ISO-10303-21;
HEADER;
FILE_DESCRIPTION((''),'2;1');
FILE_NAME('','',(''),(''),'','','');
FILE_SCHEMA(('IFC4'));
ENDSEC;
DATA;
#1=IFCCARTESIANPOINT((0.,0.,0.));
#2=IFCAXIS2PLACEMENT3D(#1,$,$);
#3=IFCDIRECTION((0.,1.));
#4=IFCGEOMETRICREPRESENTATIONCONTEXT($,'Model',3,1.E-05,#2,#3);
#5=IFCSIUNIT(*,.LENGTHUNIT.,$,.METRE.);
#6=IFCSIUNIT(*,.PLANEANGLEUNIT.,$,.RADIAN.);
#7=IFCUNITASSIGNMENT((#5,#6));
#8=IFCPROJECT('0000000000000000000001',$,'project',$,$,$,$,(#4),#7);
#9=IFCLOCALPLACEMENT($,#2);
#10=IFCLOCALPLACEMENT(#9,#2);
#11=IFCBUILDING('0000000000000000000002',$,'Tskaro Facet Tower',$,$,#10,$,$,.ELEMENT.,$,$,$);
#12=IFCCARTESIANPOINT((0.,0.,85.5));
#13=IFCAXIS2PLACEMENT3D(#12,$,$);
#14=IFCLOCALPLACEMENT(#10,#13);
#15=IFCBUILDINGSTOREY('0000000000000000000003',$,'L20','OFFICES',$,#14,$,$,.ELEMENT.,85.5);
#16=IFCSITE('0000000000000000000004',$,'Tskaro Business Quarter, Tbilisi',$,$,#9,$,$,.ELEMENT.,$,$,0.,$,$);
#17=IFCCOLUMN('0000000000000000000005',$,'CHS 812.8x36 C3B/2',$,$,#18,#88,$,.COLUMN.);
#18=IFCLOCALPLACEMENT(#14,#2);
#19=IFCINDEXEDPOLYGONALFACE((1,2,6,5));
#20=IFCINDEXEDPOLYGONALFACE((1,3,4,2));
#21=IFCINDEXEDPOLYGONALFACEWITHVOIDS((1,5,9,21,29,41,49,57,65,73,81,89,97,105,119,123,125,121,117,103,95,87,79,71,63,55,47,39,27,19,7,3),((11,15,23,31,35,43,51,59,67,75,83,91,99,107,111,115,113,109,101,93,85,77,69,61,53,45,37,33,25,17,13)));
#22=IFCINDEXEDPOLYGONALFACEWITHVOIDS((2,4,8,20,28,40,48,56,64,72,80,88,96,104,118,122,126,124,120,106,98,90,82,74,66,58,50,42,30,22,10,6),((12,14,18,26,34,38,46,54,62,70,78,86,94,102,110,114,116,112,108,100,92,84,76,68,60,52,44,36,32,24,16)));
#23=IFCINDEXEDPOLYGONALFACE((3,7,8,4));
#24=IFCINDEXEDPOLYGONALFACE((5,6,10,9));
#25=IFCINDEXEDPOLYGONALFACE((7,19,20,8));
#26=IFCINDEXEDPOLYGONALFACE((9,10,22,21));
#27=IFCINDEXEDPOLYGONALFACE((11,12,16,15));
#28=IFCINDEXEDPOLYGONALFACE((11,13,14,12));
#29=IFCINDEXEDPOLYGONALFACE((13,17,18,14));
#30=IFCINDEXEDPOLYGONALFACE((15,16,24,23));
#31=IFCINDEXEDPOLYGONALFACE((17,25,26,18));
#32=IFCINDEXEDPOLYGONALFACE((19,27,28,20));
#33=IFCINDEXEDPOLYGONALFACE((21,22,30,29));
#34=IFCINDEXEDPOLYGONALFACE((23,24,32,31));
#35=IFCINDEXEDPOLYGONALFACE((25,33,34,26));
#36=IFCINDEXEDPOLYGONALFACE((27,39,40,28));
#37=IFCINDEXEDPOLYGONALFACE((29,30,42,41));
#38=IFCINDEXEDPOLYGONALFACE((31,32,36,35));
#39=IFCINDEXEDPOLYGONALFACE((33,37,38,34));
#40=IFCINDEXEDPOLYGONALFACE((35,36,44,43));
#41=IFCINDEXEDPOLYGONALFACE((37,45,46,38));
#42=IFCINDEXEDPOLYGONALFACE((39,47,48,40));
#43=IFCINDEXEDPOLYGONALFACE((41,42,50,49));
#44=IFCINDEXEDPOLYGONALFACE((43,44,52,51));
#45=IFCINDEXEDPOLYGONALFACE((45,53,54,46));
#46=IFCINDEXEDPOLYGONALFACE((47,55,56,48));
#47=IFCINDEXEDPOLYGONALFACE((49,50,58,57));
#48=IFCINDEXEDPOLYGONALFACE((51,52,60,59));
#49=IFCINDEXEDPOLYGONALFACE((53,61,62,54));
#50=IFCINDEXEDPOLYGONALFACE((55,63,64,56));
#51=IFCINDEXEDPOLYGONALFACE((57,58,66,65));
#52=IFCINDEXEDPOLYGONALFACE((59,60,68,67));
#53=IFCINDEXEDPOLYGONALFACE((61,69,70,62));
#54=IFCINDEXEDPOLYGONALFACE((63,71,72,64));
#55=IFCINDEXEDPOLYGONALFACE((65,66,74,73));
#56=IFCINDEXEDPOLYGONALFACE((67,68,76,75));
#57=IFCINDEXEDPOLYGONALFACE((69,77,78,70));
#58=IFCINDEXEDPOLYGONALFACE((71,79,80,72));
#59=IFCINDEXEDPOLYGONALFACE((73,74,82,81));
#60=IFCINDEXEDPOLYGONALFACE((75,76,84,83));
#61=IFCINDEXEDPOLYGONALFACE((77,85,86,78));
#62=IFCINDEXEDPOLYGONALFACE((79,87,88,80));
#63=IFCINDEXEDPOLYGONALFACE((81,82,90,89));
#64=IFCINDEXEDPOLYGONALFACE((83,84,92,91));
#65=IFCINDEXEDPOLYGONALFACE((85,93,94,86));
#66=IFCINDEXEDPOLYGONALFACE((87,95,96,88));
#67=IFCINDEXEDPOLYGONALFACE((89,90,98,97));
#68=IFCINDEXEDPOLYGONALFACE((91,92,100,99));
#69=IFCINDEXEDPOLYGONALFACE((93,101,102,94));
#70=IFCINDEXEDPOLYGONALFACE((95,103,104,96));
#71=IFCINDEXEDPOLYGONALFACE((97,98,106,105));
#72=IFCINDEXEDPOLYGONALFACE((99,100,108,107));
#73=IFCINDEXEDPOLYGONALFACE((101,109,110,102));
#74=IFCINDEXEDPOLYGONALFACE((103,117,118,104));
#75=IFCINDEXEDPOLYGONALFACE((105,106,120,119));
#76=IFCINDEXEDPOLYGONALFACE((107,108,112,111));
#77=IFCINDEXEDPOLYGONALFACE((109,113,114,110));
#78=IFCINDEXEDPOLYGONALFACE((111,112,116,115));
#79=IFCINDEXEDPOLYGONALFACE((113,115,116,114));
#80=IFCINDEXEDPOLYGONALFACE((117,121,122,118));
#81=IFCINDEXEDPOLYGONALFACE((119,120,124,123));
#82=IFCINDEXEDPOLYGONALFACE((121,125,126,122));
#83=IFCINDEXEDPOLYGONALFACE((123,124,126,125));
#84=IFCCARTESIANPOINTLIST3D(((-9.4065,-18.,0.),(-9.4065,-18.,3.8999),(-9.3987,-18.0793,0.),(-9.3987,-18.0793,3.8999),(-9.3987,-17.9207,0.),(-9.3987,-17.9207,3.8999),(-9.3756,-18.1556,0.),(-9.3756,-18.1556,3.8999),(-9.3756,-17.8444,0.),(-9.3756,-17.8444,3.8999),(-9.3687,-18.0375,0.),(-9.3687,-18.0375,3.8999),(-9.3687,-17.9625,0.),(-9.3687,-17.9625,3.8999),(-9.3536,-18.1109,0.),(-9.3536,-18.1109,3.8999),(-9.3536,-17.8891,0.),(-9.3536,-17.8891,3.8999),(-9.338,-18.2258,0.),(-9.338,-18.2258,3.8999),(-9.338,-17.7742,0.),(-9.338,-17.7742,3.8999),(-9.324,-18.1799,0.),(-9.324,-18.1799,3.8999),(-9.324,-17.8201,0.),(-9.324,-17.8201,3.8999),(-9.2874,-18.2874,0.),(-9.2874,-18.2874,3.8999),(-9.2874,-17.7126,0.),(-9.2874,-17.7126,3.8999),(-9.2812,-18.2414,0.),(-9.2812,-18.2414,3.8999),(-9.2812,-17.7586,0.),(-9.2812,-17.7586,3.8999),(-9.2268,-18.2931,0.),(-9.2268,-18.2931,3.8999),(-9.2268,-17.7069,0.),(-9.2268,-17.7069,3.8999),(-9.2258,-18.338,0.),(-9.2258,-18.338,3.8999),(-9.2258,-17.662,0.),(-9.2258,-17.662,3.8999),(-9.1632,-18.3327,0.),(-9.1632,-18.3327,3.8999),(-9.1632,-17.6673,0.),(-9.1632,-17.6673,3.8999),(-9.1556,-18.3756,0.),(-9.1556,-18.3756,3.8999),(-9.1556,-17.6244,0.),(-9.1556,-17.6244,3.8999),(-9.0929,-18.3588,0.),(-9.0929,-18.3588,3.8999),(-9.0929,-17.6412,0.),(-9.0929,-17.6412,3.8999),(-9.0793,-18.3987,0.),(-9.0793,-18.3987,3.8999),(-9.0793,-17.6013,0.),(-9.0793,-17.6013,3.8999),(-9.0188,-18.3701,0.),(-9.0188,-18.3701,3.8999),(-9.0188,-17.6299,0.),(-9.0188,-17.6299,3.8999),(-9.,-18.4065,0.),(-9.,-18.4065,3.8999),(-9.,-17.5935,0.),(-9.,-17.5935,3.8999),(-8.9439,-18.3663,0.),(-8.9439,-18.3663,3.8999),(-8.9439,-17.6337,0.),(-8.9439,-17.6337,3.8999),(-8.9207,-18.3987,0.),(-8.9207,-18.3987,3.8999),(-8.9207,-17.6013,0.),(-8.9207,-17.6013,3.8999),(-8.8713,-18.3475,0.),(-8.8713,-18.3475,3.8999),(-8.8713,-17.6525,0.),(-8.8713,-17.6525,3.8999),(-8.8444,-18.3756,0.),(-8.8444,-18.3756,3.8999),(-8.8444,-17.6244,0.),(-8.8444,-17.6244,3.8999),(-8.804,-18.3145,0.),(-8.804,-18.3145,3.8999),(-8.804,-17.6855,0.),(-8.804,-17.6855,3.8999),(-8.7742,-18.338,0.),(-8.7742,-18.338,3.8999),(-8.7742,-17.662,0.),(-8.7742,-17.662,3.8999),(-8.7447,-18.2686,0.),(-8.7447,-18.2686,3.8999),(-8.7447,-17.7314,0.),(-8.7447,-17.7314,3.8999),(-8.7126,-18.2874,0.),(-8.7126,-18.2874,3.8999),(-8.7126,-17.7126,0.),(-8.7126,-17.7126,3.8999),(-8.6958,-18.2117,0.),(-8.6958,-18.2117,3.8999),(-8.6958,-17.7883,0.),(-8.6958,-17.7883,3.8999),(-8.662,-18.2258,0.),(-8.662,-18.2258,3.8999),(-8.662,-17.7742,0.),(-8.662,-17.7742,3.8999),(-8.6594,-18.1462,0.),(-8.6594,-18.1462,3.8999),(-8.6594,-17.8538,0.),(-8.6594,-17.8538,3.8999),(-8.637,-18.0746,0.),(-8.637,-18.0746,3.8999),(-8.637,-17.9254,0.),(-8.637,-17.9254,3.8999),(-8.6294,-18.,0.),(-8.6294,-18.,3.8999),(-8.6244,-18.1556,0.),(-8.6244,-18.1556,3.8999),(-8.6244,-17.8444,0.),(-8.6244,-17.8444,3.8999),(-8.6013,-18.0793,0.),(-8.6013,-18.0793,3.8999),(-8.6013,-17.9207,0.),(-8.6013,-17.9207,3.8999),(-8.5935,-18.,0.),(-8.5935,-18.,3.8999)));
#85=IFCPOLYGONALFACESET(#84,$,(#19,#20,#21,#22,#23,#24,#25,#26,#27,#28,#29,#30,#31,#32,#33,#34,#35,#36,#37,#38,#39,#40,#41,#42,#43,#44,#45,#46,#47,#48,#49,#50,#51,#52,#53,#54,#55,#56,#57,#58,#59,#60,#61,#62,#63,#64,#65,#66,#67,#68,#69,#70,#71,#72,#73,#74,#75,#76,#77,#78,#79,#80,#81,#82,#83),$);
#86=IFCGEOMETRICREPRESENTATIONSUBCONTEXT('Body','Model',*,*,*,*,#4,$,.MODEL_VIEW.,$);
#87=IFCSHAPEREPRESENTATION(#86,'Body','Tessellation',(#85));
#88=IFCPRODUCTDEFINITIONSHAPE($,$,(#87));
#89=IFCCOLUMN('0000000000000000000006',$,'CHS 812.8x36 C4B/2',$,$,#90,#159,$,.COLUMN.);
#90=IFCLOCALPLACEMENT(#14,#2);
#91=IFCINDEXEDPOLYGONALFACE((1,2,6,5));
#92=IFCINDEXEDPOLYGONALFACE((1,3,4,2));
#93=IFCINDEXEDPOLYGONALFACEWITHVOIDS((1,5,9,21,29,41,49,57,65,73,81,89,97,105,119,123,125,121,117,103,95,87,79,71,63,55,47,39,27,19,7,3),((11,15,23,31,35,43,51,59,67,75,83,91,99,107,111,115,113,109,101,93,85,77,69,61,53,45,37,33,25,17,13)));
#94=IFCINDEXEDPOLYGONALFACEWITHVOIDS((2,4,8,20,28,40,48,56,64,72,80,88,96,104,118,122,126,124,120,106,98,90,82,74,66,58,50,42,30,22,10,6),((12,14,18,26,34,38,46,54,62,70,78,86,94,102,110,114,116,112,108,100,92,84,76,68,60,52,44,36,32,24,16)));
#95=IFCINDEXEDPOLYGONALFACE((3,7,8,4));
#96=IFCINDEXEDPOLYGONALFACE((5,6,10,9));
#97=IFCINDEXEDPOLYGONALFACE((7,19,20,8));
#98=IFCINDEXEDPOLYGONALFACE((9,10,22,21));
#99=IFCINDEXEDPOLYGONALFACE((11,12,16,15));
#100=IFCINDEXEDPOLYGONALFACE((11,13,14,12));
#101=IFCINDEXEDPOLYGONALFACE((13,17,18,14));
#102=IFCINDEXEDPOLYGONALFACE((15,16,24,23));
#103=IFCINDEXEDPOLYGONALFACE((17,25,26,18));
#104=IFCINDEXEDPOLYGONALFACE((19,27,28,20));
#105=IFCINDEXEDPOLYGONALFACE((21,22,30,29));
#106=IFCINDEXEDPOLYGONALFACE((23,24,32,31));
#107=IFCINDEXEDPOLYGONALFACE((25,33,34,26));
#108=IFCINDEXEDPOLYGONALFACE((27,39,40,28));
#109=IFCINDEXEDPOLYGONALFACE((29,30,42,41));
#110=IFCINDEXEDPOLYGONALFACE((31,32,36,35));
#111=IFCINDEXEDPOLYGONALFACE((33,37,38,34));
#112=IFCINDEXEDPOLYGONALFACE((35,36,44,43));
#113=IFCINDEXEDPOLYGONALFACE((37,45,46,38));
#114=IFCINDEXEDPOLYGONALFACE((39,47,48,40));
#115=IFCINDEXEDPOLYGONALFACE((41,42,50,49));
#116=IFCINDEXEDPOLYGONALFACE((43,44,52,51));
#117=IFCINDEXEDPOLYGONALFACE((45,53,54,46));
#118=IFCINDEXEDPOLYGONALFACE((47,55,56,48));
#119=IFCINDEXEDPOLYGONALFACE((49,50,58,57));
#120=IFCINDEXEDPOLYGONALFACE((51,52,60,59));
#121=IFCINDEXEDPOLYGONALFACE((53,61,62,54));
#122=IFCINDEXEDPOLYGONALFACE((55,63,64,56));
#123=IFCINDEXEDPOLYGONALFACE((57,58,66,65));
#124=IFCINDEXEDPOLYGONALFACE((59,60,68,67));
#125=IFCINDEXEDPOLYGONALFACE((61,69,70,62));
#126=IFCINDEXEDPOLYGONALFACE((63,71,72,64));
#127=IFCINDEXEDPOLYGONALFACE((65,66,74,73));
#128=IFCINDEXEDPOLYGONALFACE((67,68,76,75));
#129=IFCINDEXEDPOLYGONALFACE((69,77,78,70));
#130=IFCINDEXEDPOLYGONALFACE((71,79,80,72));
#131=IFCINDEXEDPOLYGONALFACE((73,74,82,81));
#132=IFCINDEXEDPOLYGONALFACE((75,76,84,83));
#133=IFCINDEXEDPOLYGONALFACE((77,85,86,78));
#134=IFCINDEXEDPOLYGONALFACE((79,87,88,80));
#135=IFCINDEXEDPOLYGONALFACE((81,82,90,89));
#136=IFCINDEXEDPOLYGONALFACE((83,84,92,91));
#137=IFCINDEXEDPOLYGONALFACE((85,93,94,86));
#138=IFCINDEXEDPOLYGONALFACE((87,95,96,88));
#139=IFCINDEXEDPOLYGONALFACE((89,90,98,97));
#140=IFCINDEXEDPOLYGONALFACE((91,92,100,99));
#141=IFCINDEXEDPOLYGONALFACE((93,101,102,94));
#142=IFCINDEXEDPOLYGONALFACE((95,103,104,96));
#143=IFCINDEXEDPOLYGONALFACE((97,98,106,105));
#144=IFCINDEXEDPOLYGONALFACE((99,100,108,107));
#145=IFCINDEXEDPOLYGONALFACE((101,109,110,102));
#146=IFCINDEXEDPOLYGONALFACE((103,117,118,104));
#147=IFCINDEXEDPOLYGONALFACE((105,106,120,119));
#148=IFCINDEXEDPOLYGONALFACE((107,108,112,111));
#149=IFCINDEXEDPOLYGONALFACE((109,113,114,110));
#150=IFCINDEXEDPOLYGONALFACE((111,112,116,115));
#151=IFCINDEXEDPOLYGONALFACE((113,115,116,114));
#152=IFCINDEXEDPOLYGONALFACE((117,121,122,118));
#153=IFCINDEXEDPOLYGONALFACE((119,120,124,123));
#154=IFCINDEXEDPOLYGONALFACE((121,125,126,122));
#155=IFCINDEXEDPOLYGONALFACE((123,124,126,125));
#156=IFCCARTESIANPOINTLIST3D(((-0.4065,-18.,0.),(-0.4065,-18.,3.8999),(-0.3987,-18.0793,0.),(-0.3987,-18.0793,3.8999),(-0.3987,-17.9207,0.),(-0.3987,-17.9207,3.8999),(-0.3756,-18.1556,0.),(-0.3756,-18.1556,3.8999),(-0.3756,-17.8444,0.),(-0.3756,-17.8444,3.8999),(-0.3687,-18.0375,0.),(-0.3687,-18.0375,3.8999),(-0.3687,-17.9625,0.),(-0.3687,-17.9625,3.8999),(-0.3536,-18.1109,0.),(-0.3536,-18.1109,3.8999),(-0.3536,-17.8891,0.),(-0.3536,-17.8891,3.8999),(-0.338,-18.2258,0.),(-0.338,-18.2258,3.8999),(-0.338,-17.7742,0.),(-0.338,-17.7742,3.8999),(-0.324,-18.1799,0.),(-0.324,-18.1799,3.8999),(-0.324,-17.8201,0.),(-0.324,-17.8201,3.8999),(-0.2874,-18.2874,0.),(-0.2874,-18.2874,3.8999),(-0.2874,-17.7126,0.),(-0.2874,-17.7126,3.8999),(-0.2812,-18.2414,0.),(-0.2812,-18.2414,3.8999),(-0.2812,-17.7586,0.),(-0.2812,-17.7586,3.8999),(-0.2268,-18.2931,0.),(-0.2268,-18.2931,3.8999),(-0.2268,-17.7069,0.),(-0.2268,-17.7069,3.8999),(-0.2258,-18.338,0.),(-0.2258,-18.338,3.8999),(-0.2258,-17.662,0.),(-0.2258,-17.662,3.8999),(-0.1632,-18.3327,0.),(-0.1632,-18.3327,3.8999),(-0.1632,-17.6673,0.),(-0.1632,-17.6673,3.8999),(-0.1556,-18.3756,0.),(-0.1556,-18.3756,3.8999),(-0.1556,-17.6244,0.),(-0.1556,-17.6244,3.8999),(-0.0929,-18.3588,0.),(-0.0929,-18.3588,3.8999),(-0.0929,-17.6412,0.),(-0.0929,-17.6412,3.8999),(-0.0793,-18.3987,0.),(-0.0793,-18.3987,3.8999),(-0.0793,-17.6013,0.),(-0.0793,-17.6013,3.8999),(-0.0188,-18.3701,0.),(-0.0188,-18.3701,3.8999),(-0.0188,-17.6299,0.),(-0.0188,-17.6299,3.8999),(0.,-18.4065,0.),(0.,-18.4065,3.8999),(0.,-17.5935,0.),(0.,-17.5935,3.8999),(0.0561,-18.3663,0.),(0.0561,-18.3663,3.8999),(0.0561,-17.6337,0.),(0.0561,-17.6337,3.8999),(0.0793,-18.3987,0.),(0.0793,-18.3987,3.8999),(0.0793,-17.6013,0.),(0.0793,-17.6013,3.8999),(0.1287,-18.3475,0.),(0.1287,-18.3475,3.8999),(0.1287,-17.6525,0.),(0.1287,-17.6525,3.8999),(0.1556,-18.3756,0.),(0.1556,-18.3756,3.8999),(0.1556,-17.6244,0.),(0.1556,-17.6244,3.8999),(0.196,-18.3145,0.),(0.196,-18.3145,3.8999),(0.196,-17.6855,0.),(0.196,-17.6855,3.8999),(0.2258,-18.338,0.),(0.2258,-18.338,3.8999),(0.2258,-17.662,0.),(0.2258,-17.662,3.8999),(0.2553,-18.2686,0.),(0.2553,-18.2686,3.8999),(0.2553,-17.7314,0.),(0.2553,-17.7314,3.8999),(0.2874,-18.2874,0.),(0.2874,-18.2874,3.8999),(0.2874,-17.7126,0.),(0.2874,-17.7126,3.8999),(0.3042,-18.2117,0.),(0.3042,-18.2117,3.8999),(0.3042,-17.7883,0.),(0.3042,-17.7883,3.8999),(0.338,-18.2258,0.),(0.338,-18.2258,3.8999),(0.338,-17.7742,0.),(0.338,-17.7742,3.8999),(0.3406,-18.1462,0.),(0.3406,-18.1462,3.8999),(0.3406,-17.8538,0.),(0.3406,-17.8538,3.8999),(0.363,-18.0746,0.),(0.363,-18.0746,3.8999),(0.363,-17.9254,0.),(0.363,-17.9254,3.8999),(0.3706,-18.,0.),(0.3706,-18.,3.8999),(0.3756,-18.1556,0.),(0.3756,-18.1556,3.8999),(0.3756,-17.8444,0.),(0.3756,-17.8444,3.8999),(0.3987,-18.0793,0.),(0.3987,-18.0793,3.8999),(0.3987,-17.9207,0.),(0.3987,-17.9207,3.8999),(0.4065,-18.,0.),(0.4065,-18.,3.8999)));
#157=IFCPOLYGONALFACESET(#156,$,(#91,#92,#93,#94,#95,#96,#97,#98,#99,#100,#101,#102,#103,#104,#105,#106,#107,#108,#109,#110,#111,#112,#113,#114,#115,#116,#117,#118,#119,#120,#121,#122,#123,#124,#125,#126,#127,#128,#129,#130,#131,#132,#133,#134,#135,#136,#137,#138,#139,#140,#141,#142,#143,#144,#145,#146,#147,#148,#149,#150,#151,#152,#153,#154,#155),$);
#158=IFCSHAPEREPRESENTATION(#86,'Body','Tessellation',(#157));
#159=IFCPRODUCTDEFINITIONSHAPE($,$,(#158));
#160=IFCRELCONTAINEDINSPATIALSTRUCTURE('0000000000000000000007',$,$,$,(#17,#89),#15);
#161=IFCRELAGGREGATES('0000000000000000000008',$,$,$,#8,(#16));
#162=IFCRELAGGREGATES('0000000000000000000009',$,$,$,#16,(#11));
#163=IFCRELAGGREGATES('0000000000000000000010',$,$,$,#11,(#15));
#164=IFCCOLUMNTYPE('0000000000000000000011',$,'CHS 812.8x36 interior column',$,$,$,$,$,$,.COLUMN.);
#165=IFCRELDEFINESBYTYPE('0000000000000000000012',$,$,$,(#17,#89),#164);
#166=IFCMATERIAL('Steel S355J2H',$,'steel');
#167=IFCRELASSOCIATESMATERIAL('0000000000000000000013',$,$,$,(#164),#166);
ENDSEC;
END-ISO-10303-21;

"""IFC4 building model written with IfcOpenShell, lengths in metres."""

from ifc_helpers import new_model, si_unit, direction, frame, origin, origin_2d, place, context, subcontext, project, spatial, hollow_circle, extrude, material, material_profile, profile_set, type_object, element, save


model = new_model("IFC4")

# Units and contexts
model_context = context("Model", 3, precision=1e-05, world=origin(), true_north=direction((0.0, 1.0)))
body_context = subcontext(model_context, "Body", "Model", "MODEL_VIEW")
ifc_project = project(units=[si_unit("LENGTHUNIT", "METRE"), si_unit("PLANEANGLEUNIT", "RADIAN")], contexts=[model_context])

# Site, building, storey
site_placement = place(None, origin())
site = spatial("IfcSite", under=ifc_project, at=site_placement, Name="Tskaro Business Quarter, Tbilisi", CompositionType="ELEMENT", RefElevation=0.0)
building_placement = place(site_placement, origin())
building = spatial("IfcBuilding", under=site, at=building_placement, Name="Tskaro Facet Tower", CompositionType="ELEMENT")
storey_placement = place(building_placement, frame((0.0, 0.0, 85.5)))
storey = spatial("IfcBuildingStorey", under=building, at=storey_placement, Name="L20", Description="OFFICES", CompositionType="ELEMENT", Elevation=85.5)

# Columns
ifc_material_1 = material(Name="Steel S355J2H", Category="steel")
ifc_material_profile_1 = material_profile(ifc_material_1, hollow_circle(Radius=0.4065, WallThickness=0.0359, at=origin_2d()), Name="CHS 812.8x36")
ifc_profile_set_1 = profile_set([ifc_material_profile_1], Name="Steel S355J2H")
column_type_1 = type_object("IfcColumnType", Name="CHS 812.8x36 interior column", PredefinedType="COLUMN", material=ifc_profile_set_1)
for number, where, z_axis, x_axis, name in (
    (1, (-9.0, -18.0, 0.0), (0.0, 0.0, 1.0), (1.0, 0.0, 0.0), "CHS 812.8x36 C3B/2"),
    (2, (0.0, -18.0, 0.0), (0.0, 0.0, 1.0), (1.0, 0.0, 0.0), "CHS 812.8x36 C4B/2"),
):
    element("IfcColumn", number, at=place(storey_placement, frame(where, z_axis=z_axis, x_axis=x_axis)), inside=storey, type_object=column_type_1, Name=name, PredefinedType="COLUMN", context=body_context, shape_type="SweptSolid", body=[
        extrude(hollow_circle(Radius=0.4065, WallThickness=0.0359, at=origin_2d()), origin(), (0.0, 0.0, 1.0), 3.8999),
    ])

save(model, "model.ifc")
